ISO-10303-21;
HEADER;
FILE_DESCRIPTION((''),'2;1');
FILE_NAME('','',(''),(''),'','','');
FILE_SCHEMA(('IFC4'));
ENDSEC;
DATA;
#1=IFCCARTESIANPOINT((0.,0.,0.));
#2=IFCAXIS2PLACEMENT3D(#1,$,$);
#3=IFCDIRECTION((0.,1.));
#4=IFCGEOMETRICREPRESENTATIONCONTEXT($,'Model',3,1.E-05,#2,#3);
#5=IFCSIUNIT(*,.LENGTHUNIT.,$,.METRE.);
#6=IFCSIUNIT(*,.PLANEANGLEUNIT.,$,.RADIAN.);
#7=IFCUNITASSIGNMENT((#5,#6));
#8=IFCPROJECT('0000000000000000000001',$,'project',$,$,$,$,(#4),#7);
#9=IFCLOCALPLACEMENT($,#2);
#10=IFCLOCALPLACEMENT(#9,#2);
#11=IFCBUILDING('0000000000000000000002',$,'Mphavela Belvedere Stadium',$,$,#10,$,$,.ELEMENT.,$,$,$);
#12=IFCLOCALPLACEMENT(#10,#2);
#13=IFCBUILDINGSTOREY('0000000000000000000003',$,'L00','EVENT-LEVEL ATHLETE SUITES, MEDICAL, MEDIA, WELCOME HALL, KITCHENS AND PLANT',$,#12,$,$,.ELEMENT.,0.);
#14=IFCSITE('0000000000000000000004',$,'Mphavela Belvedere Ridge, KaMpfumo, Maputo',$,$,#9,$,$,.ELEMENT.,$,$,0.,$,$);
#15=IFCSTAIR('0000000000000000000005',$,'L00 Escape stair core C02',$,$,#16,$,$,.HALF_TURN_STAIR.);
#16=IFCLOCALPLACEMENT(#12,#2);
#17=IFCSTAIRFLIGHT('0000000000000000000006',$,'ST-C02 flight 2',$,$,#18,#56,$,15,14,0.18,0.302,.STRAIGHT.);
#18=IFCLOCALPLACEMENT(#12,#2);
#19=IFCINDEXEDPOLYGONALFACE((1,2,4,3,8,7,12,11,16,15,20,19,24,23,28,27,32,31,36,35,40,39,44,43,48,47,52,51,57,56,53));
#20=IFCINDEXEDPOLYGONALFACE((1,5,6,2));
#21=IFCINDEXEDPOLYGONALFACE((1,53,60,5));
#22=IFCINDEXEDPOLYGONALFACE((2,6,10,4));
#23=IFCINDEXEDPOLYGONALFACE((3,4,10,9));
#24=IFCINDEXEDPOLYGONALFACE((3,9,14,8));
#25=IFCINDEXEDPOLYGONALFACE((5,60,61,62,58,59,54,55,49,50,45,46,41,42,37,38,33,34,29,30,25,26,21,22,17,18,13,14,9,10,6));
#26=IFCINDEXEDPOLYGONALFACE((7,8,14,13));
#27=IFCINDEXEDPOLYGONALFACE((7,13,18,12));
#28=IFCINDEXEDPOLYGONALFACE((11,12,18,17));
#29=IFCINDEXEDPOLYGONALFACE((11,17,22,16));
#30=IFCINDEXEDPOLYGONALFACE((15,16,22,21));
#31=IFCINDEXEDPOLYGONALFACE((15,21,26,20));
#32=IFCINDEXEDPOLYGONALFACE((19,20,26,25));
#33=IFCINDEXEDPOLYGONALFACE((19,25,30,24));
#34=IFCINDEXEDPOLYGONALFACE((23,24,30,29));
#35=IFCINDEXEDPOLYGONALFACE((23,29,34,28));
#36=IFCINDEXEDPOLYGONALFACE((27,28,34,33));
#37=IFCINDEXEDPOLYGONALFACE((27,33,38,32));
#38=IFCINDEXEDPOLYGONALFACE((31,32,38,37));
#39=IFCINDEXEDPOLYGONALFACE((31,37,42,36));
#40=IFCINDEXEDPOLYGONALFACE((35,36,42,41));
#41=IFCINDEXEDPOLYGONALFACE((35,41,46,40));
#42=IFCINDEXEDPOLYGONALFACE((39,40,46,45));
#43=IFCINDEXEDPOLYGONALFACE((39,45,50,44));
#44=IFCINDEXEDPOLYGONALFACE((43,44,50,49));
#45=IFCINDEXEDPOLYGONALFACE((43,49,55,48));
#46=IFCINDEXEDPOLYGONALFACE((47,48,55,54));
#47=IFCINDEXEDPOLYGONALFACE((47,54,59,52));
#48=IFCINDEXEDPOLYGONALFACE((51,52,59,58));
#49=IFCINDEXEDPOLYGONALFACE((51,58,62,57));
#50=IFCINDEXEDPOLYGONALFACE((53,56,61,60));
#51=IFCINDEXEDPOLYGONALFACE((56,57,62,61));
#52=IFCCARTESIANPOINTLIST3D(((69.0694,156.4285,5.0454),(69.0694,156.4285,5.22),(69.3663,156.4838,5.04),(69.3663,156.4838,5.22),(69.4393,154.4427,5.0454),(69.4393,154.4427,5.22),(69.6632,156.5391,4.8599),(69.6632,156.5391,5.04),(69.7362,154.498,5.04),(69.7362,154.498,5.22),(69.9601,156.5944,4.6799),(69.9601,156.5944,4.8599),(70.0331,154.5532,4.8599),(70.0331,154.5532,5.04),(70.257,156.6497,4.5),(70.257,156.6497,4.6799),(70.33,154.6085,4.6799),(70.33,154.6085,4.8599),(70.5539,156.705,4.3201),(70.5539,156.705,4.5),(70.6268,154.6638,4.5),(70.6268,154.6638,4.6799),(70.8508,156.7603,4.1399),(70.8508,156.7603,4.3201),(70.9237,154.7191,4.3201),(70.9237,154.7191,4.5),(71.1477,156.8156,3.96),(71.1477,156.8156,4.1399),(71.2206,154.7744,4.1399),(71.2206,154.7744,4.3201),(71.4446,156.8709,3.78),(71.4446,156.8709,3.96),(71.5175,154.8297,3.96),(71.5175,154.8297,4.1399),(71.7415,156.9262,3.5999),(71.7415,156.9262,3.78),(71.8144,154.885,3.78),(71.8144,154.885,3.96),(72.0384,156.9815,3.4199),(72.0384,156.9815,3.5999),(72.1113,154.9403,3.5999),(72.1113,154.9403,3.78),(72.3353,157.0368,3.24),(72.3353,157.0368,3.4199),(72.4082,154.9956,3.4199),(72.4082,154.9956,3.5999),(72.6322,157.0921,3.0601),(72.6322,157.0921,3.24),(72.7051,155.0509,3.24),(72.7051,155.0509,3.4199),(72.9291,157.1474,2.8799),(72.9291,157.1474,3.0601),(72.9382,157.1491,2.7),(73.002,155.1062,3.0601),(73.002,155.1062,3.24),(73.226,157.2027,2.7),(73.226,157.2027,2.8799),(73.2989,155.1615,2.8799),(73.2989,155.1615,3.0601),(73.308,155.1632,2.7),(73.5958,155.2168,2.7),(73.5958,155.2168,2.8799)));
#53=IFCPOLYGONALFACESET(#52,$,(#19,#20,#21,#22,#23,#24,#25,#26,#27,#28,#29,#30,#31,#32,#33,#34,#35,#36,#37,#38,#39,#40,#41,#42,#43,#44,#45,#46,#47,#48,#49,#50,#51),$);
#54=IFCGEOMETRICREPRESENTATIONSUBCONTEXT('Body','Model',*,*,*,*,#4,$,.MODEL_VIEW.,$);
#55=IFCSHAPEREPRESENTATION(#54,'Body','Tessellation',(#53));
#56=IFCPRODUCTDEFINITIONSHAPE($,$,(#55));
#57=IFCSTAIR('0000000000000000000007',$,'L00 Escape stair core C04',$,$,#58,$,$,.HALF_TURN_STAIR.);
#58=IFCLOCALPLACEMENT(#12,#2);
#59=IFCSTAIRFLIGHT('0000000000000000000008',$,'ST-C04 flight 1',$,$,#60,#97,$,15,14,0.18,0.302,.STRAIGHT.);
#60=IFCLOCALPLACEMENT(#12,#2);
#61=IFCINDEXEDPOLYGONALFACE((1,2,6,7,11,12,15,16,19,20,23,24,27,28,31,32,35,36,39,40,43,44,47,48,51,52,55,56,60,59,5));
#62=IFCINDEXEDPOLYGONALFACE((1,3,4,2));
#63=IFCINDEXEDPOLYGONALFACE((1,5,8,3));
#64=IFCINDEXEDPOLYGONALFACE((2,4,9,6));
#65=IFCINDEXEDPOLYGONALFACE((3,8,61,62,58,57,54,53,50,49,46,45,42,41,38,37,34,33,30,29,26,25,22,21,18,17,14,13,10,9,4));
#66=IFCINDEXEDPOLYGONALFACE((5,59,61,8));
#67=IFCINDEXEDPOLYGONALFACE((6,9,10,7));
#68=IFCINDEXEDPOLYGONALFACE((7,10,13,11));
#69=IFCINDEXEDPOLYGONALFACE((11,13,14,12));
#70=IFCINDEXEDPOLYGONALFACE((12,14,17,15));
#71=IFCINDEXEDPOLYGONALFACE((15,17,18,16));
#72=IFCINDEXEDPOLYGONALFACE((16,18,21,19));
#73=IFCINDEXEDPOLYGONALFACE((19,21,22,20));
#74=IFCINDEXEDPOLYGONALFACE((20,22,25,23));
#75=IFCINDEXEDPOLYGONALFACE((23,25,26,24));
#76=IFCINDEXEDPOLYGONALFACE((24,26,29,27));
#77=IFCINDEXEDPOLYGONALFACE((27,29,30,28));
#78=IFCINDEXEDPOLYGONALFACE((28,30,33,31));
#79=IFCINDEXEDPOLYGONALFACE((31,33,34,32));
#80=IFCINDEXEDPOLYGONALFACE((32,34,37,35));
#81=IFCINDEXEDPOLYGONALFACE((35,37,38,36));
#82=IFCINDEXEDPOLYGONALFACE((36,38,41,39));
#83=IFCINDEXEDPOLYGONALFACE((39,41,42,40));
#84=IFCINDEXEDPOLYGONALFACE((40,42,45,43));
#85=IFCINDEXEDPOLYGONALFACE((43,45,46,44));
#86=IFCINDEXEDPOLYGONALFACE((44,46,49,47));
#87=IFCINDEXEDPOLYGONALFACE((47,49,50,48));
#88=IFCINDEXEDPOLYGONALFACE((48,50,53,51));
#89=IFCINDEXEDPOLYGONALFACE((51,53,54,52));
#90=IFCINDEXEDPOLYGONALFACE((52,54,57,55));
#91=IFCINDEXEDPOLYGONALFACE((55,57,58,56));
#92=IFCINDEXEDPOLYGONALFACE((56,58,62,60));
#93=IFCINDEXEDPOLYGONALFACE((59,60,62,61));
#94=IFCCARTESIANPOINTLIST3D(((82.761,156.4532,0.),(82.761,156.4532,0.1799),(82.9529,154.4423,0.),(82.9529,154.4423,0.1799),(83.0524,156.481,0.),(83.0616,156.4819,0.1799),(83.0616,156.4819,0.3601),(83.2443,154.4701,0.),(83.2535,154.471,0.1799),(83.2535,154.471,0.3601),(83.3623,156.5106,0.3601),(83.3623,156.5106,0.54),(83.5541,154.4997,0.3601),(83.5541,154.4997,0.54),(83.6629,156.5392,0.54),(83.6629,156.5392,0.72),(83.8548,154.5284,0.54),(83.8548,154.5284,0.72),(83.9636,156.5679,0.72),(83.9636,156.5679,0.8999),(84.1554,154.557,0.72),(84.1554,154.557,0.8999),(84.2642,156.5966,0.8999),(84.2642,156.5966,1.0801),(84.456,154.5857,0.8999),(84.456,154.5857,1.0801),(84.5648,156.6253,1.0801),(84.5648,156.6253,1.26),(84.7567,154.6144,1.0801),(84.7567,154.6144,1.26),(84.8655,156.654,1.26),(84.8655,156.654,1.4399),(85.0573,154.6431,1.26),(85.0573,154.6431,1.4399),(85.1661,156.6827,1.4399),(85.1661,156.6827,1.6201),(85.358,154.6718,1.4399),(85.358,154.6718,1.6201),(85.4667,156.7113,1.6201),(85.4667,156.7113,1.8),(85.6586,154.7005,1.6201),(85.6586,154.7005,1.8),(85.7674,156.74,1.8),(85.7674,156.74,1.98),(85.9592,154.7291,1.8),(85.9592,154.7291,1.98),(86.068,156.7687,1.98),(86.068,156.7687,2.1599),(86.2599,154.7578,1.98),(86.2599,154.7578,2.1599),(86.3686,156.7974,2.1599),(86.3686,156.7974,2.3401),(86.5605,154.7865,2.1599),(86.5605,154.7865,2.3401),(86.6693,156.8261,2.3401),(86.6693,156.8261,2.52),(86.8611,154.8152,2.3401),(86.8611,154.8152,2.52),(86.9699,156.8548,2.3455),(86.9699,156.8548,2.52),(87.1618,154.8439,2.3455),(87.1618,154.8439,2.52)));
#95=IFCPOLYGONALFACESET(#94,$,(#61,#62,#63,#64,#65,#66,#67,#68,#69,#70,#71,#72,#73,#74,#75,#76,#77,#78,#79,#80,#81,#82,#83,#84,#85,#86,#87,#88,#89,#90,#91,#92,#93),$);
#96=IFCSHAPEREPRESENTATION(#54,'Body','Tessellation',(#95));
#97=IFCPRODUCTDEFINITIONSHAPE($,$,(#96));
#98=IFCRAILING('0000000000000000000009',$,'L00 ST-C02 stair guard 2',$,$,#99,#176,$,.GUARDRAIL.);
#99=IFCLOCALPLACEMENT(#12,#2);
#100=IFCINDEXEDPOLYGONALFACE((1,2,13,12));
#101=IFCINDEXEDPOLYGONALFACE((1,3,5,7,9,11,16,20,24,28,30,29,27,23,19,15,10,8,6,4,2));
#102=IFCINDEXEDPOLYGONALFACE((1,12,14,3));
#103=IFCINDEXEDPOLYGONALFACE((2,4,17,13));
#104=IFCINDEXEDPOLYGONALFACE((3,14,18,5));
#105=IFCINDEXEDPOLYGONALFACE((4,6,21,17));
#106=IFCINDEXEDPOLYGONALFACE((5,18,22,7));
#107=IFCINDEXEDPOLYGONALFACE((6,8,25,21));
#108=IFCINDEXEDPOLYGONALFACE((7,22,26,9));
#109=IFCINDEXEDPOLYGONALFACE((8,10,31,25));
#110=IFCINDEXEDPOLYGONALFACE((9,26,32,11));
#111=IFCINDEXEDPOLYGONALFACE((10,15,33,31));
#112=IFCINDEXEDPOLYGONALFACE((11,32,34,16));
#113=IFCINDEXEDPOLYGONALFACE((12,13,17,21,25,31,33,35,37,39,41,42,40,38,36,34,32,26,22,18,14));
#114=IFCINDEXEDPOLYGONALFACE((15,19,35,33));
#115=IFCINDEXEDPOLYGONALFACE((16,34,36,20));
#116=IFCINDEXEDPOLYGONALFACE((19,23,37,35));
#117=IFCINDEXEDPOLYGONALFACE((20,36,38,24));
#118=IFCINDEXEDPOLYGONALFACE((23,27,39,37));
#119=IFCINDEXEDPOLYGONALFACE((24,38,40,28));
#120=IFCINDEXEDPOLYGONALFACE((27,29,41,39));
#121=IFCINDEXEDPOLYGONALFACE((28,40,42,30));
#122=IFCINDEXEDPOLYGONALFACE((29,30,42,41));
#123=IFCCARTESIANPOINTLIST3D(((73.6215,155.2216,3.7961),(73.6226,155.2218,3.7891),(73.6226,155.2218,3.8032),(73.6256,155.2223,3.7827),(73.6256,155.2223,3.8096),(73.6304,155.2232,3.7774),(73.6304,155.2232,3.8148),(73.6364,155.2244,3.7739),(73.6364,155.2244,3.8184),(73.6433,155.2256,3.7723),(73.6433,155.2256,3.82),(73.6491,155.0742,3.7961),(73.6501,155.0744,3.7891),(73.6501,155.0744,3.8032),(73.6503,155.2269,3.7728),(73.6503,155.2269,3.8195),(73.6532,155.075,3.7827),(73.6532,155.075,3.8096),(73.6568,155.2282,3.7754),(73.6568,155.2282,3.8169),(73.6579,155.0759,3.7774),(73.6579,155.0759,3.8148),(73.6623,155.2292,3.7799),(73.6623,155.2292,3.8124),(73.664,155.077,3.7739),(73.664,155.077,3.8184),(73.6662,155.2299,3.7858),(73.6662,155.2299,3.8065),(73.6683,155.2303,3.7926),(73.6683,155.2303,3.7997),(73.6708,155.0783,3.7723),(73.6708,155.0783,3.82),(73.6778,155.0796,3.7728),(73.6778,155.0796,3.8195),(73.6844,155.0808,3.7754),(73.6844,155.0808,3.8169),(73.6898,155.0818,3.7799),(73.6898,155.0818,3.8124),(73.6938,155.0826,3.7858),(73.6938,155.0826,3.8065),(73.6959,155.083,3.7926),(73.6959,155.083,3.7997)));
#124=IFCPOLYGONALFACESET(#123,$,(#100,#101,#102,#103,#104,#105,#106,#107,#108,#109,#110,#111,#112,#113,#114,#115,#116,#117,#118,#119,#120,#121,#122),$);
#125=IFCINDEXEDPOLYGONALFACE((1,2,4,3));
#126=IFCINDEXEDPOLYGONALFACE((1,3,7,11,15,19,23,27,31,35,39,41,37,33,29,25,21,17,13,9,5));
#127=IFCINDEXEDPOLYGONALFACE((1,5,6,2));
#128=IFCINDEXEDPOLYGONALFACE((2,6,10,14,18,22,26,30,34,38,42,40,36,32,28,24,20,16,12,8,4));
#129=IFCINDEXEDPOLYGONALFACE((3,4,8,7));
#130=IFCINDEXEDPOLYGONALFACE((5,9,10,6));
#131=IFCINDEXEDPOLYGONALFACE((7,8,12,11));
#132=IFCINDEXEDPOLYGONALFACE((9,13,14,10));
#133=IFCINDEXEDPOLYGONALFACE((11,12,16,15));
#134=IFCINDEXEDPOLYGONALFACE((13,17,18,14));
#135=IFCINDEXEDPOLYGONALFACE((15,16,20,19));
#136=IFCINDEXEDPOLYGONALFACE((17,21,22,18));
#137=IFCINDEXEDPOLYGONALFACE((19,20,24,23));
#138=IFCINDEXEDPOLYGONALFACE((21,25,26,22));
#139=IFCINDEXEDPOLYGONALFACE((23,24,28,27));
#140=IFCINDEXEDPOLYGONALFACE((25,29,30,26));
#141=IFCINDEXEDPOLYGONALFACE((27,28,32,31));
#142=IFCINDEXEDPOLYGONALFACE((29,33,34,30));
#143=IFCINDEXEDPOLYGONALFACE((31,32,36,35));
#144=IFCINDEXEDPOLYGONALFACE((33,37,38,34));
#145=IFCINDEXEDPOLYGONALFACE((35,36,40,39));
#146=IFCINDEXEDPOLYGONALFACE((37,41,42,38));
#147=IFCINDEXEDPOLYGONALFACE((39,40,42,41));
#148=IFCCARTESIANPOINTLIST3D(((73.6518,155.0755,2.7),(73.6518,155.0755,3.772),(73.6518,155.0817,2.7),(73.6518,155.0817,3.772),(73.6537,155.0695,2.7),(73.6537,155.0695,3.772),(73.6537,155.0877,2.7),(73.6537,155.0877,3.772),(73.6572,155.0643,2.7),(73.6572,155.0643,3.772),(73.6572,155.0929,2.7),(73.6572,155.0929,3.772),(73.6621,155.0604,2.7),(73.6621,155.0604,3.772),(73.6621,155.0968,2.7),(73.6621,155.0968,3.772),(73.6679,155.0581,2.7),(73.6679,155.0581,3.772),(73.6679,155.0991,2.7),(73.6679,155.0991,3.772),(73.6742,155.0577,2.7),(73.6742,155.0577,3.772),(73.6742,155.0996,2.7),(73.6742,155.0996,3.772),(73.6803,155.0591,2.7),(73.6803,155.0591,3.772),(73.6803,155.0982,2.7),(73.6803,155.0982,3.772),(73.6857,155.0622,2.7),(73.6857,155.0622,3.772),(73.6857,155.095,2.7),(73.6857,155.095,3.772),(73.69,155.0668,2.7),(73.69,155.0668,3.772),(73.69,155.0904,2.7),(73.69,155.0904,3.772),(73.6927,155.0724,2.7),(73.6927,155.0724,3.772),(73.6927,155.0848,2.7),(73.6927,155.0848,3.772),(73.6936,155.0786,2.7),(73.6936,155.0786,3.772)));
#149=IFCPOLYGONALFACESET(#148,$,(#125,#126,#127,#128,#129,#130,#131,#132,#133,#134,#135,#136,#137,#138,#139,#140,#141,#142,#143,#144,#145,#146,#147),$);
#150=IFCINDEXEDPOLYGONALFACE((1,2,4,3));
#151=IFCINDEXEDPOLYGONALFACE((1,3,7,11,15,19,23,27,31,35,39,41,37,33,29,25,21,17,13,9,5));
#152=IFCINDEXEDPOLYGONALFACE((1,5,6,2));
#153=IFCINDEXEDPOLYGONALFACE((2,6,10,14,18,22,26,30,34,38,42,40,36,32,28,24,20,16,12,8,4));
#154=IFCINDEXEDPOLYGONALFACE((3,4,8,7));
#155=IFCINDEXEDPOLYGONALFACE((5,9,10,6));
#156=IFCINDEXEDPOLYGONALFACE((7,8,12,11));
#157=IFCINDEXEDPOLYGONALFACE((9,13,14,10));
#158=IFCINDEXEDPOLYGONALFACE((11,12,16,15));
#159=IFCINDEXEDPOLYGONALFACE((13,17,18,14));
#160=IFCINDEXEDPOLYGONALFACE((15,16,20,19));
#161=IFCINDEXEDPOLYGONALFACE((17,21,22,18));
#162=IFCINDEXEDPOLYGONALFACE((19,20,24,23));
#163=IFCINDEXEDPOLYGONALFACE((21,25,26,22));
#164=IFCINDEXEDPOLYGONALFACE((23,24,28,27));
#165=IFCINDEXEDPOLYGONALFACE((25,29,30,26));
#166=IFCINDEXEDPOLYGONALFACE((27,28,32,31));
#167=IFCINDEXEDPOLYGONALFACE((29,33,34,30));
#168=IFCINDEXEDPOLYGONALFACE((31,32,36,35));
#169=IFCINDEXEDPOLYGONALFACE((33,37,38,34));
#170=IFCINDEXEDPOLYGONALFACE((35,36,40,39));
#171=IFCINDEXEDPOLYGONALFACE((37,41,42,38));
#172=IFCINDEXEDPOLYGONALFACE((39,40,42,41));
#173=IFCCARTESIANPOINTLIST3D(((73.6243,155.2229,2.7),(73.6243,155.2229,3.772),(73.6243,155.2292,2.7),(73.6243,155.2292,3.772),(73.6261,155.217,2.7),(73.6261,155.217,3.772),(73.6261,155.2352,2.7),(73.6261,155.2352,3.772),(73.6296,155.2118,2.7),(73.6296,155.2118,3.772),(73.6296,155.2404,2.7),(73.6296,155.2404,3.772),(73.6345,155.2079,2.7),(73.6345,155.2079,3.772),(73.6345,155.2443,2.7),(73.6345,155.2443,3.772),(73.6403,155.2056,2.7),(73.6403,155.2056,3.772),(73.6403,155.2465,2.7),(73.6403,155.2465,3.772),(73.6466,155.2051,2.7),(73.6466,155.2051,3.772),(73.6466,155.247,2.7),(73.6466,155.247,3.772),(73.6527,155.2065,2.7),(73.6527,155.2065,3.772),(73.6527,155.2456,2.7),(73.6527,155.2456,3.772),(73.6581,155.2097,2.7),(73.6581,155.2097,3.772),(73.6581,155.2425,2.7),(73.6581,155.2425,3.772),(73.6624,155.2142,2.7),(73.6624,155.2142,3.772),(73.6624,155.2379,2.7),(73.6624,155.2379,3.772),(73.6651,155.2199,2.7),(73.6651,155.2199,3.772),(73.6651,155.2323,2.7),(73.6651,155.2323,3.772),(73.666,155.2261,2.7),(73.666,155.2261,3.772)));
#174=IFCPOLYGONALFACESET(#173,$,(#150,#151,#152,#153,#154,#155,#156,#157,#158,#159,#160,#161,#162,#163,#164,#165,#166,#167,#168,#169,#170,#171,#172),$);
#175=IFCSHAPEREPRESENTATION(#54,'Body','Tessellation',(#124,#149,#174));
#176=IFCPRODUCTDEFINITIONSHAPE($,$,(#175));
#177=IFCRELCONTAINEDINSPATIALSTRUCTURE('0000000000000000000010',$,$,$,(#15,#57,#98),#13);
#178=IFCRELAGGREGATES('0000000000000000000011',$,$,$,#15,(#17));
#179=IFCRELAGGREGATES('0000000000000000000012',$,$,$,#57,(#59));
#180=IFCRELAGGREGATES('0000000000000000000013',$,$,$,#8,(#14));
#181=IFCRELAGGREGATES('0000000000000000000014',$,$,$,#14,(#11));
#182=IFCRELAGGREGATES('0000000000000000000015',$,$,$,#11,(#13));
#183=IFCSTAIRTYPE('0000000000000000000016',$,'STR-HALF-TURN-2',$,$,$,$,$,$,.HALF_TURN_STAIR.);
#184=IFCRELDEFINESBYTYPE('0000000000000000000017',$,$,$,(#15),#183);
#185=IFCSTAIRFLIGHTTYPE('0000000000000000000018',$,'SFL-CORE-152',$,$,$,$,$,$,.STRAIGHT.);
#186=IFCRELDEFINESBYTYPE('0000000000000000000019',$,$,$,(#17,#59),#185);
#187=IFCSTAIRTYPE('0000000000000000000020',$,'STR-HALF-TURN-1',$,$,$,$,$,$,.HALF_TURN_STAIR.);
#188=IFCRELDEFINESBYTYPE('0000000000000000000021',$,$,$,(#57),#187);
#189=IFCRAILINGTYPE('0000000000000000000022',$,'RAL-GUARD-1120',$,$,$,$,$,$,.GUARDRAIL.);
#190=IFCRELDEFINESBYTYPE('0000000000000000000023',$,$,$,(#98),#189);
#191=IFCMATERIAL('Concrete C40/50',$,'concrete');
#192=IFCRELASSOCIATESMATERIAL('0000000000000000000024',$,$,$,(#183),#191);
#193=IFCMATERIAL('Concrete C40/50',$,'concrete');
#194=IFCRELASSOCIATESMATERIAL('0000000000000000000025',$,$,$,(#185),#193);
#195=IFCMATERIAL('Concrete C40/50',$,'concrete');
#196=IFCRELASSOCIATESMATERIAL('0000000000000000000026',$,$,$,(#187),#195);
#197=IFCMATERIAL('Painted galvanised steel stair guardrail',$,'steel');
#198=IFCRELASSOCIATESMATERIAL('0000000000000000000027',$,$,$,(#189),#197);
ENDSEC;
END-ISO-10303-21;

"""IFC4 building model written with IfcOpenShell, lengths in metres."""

from ifc_helpers import new_model, si_unit, direction, frame, origin, origin_2d, place, context, subcontext, project, spatial, polyline, circle, outline, extrude, material, type_object, element, aggregate, save


model = new_model("IFC4")

# Units and contexts
model_context = context("Model", 3, precision=1e-05, world=origin(), true_north=direction((0.0, 1.0)))
body_context = subcontext(model_context, "Body", "Model", "MODEL_VIEW")
ifc_project = project(units=[si_unit("LENGTHUNIT", "METRE"), si_unit("PLANEANGLEUNIT", "RADIAN")], contexts=[model_context])

# Site, building, storey
site_placement = place(None, origin())
site = spatial("IfcSite", under=ifc_project, at=site_placement, Name="Mphavela Belvedere Ridge, KaMpfumo, Maputo", CompositionType="ELEMENT", RefElevation=0.0)
building_placement = place(site_placement, origin())
building = spatial("IfcBuilding", under=site, at=building_placement, Name="Mphavela Belvedere Stadium", CompositionType="ELEMENT")
storey_placement = place(building_placement, origin())
storey = spatial("IfcBuildingStorey", under=building, at=storey_placement, Name="L00", Description="EVENT-LEVEL ATHLETE SUITES, MEDICAL, MEDIA, WELCOME HALL, KITCHENS AND PLANT", CompositionType="ELEMENT", Elevation=0.0)

# Stairs, stair flights
ifc_material_1 = material(Name="Concrete C40/50", Category="concrete")
stair_type_1 = type_object("IfcStairType", Name="STR-HALF-TURN-2", PredefinedType="HALF_TURN_STAIR", material=ifc_material_1)
stair_1_placement = place(storey_placement, origin())
stair_1 = element("IfcStair", 1, at=stair_1_placement, inside=storey, type_object=stair_type_1, Name="L00 Escape stair core C02", PredefinedType="HALF_TURN_STAIR")
ifc_material_2 = material(Name="Concrete C40/50", Category="concrete")
stair_flight_type = type_object("IfcStairFlightType", Name="SFL-CORE-152", PredefinedType="STRAIGHT", material=ifc_material_2)
stair_flight_1_placement = place(storey_placement, frame((73.4109, 156.2097, 2.7), z_axis=(0.0, 0.0, 1.0), x_axis=(-0.983096, -0.183094, 0.0)))
stair_flight_1 = element("IfcStairFlight", 2, at=stair_flight_1_placement, type_object=stair_flight_type, Name="ST-C02 flight 2", NumberOfRisers=15, NumberOfTreads=14, PredefinedType="STRAIGHT", RiserHeight=0.18, TreadLength=0.302, context=body_context, shape_type="SweptSolid", body=[
    extrude(outline(polyline([(0.0, 0.0), (0.0, 0.1799), (0.302, 0.1799), (0.302, 0.3601), (0.604, 0.3601), (0.604, 0.54), (0.906, 0.54), (0.906, 0.72), (1.208, 0.72), (1.208, 0.8999), (1.51, 0.8999), (1.51, 1.0801), (1.812, 1.0801), (1.812, 1.26), (2.114, 1.26), (2.114, 1.4399), (2.416, 1.4399), (2.416, 1.6201), (2.718, 1.6201), (2.718, 1.8), (3.02, 1.8), (3.02, 1.98), (3.322, 1.98), (3.322, 2.1599), (3.624, 2.1599), (3.624, 2.3401), (3.926, 2.3401), (3.926, 2.52), (4.228, 2.52), (4.228, 2.7), (4.228, 2.3455), (0.2927, 0.0), (0.0, 0.0)])), frame((0.0, 1.01, 0.0), z_axis=(0.0, -1.0, 0.0), x_axis=(1.0, 0.0, 0.0)), (0.0, 0.0, 1.0), 2.02),
])
aggregate(stair_1, [stair_flight_1])
ifc_material_3 = material(Name="Concrete C40/50", Category="concrete")
stair_type_2 = type_object("IfcStairType", Name="STR-HALF-TURN-1", PredefinedType="HALF_TURN_STAIR", material=ifc_material_3)
stair_2_placement = place(storey_placement, origin())
stair_2 = element("IfcStair", 3, at=stair_2_placement, inside=storey, type_object=stair_type_2, Name="L00 Escape stair core C04", PredefinedType="HALF_TURN_STAIR")
stair_flight_2_placement = place(storey_placement, frame((82.8569, 155.4478, 0.0), z_axis=(0.0, 0.0, 1.0), x_axis=(0.995479, 0.094977, 0.0)))
stair_flight_2 = element("IfcStairFlight", 4, at=stair_flight_2_placement, type_object=stair_flight_type, Name="ST-C04 flight 1", NumberOfRisers=15, NumberOfTreads=14, PredefinedType="STRAIGHT", RiserHeight=0.18, TreadLength=0.302, context=body_context, shape_type="SweptSolid", body=[
    extrude(outline(polyline([(0.0, 0.0), (0.0, 0.1799), (0.302, 0.1799), (0.302, 0.3601), (0.604, 0.3601), (0.604, 0.54), (0.906, 0.54), (0.906, 0.72), (1.208, 0.72), (1.208, 0.8999), (1.51, 0.8999), (1.51, 1.0801), (1.812, 1.0801), (1.812, 1.26), (2.114, 1.26), (2.114, 1.4399), (2.416, 1.4399), (2.416, 1.6201), (2.718, 1.6201), (2.718, 1.8), (3.02, 1.8), (3.02, 1.98), (3.322, 1.98), (3.322, 2.1599), (3.624, 2.1599), (3.624, 2.3401), (3.926, 2.3401), (3.926, 2.52), (4.228, 2.52), (4.228, 2.7), (4.228, 2.3455), (0.2927, 0.0), (0.0, 0.0)])), frame((0.0, 1.01, 0.0), z_axis=(0.0, -1.0, 0.0), x_axis=(1.0, 0.0, 0.0)), (0.0, 0.0, 1.0), 2.02),
])
aggregate(stair_2, [stair_flight_2])

# Railing
ifc_material_4 = material(Name="Painted galvanised steel stair guardrail", Category="steel")
railing_type_1 = type_object("IfcRailingType", Name="RAL-GUARD-1120", PredefinedType="GUARDRAIL", material=ifc_material_4)
railing_1_placement = place(storey_placement, frame((73.6726, 155.0786, 2.7)))
element("IfcRailing", 5, at=railing_1_placement, inside=storey, type_object=railing_type_1, Name="L00 ST-C02 stair guard 2", PredefinedType="GUARDRAIL", context=body_context, shape_type="SweptSolid", body=[
    extrude(circle(Radius=0.0239, at=origin_2d()), frame((0.0, 0.0, 1.0962), z_axis=(-0.183895, 0.982946, 0.0), x_axis=(-0.982946, -0.183895, 0.0)), (0.0, 0.0, 1.0), 0.1499),
    extrude(circle(Radius=0.021, at=origin_2d()), origin(), (0.0, 0.0, 1.0), 1.072),
    extrude(circle(Radius=0.021, at=origin_2d()), frame((-0.0276, 0.1475, 0.0)), (0.0, 0.0, 1.0), 1.072),
])

save(model, "model.ifc")
